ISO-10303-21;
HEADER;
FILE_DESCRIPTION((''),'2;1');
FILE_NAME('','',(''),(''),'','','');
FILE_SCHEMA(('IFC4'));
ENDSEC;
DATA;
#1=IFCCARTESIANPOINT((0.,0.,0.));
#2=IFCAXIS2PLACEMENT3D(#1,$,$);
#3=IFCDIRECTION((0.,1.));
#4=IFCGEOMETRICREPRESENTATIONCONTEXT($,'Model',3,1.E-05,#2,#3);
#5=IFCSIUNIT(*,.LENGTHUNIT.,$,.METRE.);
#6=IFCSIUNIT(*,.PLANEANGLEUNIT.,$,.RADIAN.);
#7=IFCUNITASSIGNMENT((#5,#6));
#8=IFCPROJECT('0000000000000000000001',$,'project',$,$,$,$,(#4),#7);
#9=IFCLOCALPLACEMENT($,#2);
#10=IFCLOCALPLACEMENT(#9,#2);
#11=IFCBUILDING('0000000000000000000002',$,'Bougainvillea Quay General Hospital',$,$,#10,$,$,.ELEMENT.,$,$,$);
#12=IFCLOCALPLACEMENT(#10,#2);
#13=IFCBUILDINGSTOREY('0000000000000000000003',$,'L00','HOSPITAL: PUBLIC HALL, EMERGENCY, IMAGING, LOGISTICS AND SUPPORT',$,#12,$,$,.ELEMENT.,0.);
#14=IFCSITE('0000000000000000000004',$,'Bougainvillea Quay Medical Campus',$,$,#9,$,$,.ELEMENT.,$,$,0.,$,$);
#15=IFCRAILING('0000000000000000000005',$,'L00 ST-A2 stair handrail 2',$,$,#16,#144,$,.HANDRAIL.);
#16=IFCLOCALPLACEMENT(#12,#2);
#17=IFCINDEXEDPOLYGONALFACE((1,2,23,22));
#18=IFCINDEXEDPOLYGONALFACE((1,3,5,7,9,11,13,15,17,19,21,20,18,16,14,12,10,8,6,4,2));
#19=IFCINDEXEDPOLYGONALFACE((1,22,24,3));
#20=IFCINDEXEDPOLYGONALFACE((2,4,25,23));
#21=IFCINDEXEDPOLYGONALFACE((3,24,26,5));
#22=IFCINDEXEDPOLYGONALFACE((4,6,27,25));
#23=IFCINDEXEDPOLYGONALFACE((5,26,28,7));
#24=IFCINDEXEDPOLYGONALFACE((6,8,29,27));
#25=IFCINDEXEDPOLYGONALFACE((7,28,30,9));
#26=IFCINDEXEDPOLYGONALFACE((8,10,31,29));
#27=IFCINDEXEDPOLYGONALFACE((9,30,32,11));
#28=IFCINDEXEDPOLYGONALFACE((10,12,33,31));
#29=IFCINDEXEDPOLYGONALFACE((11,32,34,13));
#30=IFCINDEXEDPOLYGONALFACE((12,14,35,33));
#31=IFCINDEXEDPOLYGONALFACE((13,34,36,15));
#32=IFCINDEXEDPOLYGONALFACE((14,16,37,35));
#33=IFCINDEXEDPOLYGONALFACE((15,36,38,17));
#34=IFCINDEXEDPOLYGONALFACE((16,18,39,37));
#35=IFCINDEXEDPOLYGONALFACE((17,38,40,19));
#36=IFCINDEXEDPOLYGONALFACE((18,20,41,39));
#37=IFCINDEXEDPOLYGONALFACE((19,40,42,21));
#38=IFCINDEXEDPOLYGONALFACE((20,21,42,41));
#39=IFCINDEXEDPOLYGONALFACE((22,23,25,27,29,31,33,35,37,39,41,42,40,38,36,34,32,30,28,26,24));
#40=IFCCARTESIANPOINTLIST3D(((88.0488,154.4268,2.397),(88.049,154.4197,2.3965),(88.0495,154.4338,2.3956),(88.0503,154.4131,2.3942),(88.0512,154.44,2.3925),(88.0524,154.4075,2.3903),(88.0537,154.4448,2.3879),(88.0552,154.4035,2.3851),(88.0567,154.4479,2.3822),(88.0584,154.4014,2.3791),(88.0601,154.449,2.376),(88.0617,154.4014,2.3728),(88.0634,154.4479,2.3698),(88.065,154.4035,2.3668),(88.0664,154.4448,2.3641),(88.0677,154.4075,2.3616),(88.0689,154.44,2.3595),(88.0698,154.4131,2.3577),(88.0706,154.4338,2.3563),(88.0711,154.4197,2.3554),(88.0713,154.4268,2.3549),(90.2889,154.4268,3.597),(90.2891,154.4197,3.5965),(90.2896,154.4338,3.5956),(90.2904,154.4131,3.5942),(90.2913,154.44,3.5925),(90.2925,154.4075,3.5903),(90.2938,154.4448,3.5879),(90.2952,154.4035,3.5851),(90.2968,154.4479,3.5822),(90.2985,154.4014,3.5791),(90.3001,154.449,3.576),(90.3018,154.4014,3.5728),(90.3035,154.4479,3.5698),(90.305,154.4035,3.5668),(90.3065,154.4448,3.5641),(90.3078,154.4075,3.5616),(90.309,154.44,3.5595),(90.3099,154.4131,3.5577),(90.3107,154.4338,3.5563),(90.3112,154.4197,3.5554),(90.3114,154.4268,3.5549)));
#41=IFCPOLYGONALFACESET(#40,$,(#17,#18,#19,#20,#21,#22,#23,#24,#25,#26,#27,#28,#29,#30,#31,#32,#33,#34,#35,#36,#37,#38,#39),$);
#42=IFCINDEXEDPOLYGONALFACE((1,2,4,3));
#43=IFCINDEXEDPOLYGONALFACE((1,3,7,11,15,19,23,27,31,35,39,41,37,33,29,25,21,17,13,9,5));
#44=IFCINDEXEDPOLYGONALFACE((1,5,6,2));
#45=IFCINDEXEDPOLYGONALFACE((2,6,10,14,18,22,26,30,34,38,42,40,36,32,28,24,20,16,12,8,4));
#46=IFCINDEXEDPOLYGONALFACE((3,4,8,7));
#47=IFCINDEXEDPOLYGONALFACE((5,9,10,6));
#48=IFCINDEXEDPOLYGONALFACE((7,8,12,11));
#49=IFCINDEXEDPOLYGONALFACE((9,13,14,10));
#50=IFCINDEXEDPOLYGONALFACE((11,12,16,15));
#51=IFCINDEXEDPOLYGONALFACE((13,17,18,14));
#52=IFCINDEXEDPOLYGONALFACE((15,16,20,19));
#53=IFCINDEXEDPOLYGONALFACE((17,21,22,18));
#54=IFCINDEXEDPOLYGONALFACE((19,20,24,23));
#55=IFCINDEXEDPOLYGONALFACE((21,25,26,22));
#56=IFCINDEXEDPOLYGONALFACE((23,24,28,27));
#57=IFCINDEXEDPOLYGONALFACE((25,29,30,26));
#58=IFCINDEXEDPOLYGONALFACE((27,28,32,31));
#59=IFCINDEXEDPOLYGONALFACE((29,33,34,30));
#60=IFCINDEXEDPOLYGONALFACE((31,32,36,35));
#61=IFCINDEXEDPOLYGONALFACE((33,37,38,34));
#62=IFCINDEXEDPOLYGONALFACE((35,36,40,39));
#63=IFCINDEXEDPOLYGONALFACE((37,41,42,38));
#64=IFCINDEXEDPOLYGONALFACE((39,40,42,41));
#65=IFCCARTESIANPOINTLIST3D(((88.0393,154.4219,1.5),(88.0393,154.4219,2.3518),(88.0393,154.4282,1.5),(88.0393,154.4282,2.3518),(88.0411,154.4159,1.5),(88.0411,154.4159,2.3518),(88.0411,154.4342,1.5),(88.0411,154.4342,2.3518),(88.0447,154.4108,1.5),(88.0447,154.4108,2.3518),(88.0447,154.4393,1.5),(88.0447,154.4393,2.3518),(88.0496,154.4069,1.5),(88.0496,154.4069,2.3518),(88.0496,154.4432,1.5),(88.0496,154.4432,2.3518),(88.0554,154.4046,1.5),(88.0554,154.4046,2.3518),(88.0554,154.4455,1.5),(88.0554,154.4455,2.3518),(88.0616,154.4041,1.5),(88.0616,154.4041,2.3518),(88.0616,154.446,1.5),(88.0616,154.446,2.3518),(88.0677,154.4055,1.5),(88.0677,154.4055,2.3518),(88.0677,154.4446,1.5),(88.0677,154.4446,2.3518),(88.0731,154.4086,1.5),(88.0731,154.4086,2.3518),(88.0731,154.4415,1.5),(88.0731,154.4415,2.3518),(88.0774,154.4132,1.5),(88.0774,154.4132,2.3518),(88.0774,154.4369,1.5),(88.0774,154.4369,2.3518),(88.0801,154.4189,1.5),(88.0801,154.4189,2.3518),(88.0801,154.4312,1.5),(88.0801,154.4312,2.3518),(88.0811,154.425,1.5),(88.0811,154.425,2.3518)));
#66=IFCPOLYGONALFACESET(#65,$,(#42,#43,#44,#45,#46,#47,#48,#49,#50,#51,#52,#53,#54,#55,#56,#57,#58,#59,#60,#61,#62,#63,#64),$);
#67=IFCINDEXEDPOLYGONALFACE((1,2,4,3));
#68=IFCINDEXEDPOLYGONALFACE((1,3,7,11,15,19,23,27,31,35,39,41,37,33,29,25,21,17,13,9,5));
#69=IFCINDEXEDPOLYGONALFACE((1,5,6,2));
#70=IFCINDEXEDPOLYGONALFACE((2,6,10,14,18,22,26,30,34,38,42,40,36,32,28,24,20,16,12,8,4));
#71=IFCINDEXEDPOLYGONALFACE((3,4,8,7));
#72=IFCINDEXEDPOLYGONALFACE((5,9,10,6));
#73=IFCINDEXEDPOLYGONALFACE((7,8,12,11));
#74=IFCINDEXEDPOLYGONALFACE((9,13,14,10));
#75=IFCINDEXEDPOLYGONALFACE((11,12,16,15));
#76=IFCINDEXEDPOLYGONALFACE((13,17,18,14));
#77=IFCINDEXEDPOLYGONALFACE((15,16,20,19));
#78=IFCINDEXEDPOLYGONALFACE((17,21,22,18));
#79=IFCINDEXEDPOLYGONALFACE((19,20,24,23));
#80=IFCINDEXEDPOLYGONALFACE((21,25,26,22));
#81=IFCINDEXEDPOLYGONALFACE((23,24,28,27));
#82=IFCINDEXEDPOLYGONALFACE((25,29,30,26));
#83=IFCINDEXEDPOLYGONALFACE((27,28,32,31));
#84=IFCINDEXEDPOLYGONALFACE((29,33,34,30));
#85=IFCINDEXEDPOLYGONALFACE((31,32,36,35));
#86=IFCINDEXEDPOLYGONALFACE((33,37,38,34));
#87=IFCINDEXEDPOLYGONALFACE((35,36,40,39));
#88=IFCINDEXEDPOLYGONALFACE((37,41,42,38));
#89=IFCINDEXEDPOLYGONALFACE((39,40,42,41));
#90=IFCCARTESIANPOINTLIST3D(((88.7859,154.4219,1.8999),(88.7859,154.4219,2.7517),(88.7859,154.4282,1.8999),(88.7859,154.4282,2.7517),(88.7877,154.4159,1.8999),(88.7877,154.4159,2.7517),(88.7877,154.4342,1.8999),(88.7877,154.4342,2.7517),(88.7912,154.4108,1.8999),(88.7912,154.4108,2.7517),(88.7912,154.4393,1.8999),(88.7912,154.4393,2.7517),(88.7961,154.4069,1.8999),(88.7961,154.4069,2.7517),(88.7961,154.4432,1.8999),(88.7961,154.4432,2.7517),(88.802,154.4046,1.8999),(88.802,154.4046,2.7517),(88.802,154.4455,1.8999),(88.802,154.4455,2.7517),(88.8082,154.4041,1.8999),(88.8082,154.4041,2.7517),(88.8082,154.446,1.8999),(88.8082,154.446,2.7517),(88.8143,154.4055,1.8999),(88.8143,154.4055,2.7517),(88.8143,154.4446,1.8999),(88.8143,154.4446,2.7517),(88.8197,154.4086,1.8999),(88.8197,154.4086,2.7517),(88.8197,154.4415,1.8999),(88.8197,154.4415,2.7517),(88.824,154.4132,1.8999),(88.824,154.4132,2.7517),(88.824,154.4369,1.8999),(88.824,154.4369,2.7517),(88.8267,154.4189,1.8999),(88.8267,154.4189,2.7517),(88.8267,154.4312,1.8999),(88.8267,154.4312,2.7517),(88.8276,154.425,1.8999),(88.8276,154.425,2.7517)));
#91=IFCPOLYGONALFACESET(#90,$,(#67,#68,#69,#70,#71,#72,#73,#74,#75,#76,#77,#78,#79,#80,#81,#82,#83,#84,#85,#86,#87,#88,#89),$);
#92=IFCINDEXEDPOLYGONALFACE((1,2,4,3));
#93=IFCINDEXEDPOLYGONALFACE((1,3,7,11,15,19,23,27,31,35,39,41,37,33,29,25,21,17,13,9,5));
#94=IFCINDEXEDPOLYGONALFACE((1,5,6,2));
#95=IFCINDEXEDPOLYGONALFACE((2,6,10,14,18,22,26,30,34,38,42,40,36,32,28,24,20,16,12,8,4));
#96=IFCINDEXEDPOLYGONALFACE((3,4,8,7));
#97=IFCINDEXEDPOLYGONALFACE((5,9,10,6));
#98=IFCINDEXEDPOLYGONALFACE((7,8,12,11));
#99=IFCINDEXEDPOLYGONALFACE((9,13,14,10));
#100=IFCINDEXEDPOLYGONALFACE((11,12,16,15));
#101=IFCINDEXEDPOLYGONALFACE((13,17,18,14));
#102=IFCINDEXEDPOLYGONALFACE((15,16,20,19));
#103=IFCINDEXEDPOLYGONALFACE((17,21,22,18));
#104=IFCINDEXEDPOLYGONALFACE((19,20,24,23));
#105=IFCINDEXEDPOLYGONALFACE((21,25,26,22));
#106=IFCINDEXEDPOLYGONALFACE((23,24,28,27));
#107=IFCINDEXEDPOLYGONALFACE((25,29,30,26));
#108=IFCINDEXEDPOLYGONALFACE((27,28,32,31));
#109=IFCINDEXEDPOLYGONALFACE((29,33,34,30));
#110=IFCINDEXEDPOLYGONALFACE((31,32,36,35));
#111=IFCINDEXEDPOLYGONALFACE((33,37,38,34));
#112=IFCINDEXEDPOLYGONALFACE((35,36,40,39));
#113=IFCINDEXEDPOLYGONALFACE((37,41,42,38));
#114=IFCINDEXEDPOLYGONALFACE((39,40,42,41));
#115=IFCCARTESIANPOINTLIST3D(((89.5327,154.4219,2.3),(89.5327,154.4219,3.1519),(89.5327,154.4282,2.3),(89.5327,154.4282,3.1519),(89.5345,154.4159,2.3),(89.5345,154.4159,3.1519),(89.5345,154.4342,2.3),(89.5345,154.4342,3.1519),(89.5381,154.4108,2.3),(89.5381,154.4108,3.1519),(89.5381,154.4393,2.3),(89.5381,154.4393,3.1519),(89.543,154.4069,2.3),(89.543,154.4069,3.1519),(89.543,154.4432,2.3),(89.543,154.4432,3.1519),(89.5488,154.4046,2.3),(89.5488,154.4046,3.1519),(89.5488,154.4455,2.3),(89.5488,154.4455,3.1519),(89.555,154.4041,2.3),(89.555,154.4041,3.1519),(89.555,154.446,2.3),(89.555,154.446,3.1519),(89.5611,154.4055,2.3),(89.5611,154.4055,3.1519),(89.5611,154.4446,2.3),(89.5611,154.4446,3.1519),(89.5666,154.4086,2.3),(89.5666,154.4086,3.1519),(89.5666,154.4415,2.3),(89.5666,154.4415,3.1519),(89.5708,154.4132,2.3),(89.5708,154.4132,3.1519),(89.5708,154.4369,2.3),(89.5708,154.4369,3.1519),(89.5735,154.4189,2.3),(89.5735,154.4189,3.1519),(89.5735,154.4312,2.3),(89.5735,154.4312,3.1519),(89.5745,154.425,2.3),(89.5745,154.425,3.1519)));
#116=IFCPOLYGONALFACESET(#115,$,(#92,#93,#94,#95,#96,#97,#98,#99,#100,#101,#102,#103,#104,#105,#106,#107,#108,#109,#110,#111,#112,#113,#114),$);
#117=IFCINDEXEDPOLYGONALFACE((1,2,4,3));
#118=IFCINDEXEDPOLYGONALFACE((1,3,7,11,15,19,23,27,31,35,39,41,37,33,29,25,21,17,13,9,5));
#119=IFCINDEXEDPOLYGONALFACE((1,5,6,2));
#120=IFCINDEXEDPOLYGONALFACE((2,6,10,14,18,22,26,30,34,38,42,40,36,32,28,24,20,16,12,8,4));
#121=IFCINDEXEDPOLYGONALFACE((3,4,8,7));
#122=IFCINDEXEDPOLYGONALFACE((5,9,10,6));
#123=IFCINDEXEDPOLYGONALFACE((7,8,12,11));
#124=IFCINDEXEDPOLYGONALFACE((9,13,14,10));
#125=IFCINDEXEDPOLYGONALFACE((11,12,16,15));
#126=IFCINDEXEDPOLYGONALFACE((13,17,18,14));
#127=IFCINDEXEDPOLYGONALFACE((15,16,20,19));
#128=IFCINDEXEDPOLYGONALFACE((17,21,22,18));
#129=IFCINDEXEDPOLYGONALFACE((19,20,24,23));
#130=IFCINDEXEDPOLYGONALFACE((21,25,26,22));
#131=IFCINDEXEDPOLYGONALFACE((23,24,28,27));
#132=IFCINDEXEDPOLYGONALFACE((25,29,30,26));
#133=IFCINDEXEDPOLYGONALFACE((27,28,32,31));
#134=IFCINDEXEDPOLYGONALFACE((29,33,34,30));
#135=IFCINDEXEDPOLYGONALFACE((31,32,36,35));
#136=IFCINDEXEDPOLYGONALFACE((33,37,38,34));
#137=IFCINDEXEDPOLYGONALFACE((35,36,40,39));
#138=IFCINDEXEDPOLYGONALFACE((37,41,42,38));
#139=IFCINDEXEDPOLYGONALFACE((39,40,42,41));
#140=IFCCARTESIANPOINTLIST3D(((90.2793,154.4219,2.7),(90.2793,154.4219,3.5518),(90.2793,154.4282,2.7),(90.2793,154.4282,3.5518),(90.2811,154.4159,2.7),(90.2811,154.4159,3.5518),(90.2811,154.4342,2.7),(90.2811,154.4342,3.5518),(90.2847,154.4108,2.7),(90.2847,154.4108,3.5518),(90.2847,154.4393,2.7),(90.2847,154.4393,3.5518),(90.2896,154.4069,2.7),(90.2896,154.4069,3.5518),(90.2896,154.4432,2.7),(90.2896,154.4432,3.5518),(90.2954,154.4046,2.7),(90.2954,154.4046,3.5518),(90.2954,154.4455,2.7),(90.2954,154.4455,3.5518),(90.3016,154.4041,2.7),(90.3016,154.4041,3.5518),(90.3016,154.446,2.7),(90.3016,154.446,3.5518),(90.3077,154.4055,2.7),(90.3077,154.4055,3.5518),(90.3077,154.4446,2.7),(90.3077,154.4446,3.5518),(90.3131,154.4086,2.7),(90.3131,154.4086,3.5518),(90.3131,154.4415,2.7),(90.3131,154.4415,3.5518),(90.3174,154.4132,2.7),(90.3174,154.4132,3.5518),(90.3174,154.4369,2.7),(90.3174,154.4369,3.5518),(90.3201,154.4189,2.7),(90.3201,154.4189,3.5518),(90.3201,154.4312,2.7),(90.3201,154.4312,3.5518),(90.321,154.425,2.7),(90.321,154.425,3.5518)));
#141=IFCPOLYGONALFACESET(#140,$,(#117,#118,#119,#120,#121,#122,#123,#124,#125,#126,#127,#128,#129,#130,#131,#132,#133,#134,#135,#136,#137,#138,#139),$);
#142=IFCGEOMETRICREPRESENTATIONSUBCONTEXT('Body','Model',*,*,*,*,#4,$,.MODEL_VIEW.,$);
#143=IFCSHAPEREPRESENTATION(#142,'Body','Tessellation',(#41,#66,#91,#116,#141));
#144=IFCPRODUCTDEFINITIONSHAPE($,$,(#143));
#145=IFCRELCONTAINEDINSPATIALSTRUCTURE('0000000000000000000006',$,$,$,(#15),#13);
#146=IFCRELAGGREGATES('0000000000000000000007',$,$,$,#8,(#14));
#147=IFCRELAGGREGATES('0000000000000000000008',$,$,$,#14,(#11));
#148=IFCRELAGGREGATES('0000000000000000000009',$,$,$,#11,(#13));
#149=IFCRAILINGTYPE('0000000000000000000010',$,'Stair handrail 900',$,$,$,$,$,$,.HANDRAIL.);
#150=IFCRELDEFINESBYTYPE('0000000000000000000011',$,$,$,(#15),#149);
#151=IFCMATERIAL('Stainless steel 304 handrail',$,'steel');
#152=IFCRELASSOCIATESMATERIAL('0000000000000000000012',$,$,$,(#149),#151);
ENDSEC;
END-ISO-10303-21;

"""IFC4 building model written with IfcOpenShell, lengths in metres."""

from ifc_helpers import new_model, si_unit, direction, frame, origin, origin_2d, place, context, subcontext, project, spatial, circle, extrude, material, type_object, element, save


model = new_model("IFC4")

# Units and contexts
model_context = context("Model", 3, precision=1e-05, world=origin(), true_north=direction((0.0, 1.0)))
body_context = subcontext(model_context, "Body", "Model", "MODEL_VIEW")
ifc_project = project(units=[si_unit("LENGTHUNIT", "METRE"), si_unit("PLANEANGLEUNIT", "RADIAN")], contexts=[model_context])

# Site, building, storey
site_placement = place(None, origin())
site = spatial("IfcSite", under=ifc_project, at=site_placement, Name="Bougainvillea Quay Medical Campus", CompositionType="ELEMENT", RefElevation=0.0)
building_placement = place(site_placement, origin())
building = spatial("IfcBuilding", under=site, at=building_placement, Name="Bougainvillea Quay General Hospital", CompositionType="ELEMENT")
storey_placement = place(building_placement, origin())
storey = spatial("IfcBuildingStorey", under=building, at=storey_placement, Name="L00", Description="HOSPITAL: PUBLIC HALL, EMERGENCY, IMAGING, LOGISTICS AND SUPPORT", CompositionType="ELEMENT", Elevation=0.0)

# Railing
ifc_material_1 = material(Name="Stainless steel 304 handrail", Category="steel")
railing_type_1 = type_object("IfcRailingType", Name="Stair handrail 900", PredefinedType="HANDRAIL", material=ifc_material_1)
railing_1_placement = place(storey_placement, frame((88.0601, 154.425, 1.5)))
element("IfcRailing", 1, at=railing_1_placement, inside=storey, type_object=railing_type_1, Name="L00 ST-A2 stair handrail 2", PredefinedType="HANDRAIL", context=body_context, shape_type="SweptSolid", body=[
    extrude(circle(Radius=0.0239, at=origin_2d()), frame((0.0, 0.0, 0.876), z_axis=(0.881487, 0.0, 0.472208), x_axis=(0.0, 1.0, 0.0)), (0.0, 0.0, 1.0), 2.5413),
    extrude(circle(Radius=0.021, at=origin_2d()), origin(), (0.0, 0.0, 1.0), 0.8518),
    extrude(circle(Radius=0.021, at=origin_2d()), frame((0.7466, 0.0, 0.3999)), (0.0, 0.0, 1.0), 0.8518),
    extrude(circle(Radius=0.021, at=origin_2d()), frame((1.4934, 0.0, 0.8)), (0.0, 0.0, 1.0), 0.8518),
    extrude(circle(Radius=0.021, at=origin_2d()), frame((2.24, 0.0, 1.2)), (0.0, 0.0, 1.0), 0.8518),
])

save(model, "model.ifc")
